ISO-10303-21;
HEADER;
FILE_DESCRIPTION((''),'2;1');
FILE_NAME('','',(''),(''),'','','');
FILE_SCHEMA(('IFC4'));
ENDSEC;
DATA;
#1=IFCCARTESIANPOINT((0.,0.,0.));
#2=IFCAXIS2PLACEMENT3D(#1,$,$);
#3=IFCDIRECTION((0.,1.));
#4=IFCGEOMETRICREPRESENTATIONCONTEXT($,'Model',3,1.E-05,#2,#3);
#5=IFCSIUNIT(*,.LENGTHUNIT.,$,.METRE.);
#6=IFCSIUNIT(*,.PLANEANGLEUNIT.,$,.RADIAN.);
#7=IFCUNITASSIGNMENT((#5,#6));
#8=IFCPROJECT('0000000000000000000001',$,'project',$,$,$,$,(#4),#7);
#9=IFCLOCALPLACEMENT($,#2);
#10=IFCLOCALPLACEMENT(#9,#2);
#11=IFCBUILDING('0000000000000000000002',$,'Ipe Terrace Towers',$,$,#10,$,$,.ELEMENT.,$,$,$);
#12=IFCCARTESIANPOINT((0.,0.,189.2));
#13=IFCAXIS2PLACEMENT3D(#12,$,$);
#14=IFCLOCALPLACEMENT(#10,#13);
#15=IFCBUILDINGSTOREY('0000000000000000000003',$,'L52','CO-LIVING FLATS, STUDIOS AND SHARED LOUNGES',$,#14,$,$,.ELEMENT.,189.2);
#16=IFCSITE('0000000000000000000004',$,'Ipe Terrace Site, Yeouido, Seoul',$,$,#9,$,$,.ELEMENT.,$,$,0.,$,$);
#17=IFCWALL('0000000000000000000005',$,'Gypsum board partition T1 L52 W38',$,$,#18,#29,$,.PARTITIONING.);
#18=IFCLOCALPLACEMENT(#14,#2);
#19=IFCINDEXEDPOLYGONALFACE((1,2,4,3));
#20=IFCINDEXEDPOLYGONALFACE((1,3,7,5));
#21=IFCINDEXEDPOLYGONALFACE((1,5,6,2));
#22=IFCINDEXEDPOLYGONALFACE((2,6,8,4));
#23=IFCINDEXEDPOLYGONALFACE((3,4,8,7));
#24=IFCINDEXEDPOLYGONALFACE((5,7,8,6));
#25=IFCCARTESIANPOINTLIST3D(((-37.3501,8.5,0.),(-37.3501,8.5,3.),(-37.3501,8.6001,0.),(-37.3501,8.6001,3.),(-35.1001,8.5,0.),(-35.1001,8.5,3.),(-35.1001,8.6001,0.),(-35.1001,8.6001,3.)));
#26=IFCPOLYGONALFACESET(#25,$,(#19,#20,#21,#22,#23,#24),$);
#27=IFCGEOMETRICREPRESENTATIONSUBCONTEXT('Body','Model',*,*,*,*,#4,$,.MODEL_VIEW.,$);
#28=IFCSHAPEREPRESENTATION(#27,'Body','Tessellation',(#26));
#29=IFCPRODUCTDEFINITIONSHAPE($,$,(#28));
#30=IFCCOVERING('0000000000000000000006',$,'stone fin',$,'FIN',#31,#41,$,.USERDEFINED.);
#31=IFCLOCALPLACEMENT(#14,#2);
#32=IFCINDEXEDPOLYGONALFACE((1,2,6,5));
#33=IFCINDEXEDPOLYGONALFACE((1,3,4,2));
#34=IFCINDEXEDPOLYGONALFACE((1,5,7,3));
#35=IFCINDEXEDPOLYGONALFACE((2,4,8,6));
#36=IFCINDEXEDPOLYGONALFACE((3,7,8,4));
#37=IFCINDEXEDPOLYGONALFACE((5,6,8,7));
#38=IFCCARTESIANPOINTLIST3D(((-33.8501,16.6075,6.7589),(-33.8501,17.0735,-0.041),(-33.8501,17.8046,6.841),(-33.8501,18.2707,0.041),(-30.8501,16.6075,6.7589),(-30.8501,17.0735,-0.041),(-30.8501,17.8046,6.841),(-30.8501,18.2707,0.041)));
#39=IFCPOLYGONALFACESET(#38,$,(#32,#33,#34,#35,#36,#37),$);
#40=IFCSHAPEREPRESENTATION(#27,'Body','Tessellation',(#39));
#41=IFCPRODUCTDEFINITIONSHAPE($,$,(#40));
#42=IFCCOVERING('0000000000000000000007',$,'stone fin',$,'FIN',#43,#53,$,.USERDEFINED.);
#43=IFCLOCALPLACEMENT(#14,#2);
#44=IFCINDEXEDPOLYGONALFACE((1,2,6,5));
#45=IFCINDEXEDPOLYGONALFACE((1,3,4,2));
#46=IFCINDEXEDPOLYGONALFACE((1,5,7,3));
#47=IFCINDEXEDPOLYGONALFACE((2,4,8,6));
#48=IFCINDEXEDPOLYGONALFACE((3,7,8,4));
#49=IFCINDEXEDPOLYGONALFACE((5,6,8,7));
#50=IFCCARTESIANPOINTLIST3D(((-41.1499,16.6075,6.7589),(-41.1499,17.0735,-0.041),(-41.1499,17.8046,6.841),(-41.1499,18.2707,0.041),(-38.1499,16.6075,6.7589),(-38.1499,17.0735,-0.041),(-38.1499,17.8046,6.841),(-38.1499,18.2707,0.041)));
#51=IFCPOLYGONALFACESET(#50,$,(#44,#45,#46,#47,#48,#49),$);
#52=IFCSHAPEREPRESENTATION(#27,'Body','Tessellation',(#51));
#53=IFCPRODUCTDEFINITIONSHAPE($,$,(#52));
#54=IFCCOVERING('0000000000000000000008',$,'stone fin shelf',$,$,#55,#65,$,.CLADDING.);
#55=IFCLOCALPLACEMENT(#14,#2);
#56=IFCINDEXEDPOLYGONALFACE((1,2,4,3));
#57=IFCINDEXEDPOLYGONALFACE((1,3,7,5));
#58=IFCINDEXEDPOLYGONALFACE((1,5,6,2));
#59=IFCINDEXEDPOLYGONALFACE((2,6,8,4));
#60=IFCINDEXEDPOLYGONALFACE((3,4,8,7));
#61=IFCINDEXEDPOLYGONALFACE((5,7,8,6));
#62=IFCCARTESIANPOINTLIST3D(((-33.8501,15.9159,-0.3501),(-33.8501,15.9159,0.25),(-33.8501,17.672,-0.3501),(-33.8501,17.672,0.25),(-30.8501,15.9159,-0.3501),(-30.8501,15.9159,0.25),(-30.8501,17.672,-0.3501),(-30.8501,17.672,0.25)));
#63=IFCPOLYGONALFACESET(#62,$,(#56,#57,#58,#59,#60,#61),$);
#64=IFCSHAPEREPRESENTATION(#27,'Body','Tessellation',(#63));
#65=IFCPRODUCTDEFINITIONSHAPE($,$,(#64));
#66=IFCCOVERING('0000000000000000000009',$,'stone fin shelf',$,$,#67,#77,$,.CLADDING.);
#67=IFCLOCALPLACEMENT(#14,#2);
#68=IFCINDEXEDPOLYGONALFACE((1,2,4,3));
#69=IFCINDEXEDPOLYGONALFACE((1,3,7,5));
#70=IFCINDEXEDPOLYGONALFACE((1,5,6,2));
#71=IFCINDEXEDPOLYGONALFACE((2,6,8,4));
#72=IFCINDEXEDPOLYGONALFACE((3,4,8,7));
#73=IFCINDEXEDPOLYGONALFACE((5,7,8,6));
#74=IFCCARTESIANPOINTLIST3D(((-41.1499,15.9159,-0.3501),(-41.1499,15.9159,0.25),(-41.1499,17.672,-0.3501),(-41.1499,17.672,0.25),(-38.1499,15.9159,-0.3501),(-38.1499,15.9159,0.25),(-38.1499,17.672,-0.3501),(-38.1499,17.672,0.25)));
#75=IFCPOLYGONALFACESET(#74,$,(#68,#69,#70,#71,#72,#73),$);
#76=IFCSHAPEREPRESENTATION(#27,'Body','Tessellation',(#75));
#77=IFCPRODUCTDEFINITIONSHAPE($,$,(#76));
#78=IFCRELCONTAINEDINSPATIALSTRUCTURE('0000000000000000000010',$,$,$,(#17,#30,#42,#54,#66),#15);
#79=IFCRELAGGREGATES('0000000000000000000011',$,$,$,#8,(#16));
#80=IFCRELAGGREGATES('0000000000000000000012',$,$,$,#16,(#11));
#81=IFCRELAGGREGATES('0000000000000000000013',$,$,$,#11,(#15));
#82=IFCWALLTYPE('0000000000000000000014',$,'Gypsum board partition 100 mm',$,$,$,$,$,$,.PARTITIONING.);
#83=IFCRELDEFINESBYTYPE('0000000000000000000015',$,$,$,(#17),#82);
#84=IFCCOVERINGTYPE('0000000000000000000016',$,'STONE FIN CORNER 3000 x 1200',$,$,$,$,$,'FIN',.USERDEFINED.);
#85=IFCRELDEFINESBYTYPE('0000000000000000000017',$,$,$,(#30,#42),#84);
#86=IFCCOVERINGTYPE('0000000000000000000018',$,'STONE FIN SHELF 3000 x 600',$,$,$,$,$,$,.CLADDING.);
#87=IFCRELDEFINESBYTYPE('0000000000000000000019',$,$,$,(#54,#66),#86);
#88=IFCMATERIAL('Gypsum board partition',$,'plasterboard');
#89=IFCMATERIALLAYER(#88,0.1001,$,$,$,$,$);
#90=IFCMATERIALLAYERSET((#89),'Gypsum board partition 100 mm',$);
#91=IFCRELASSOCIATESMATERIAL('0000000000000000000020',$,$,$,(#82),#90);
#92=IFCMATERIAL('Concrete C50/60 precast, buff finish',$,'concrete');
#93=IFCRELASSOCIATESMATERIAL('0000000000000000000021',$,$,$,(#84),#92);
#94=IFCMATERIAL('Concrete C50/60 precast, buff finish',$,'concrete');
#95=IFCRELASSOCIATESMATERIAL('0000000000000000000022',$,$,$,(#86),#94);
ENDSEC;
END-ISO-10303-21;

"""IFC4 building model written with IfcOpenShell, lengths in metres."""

from ifc_helpers import new_model, si_unit, direction, frame, frame_2d, origin, origin_2d, place, context, subcontext, project, spatial, rectangle, extrude, material, layer, layer_set, material_profile, profile_set, type_object, element, save


model = new_model("IFC4")

# Units and contexts
model_context = context("Model", 3, precision=1e-05, world=origin(), true_north=direction((0.0, 1.0)))
body_context = subcontext(model_context, "Body", "Model", "MODEL_VIEW")
ifc_project = project(units=[si_unit("LENGTHUNIT", "METRE"), si_unit("PLANEANGLEUNIT", "RADIAN")], contexts=[model_context])

# Site, building, storey
site_placement = place(None, origin())
site = spatial("IfcSite", under=ifc_project, at=site_placement, Name="Ipe Terrace Site, Yeouido, Seoul", CompositionType="ELEMENT", RefElevation=0.0)
building_placement = place(site_placement, origin())
building = spatial("IfcBuilding", under=site, at=building_placement, Name="Ipe Terrace Towers", CompositionType="ELEMENT")
storey_placement = place(building_placement, frame((0.0, 0.0, 189.2)))
storey = spatial("IfcBuildingStorey", under=building, at=storey_placement, Name="L52", Description="CO-LIVING FLATS, STUDIOS AND SHARED LOUNGES", CompositionType="ELEMENT", Elevation=189.2)

# Shared definitions
ifc_material_1 = material(Name="Gypsum board partition", Category="plasterboard")
ifc_layer_1 = layer(ifc_material_1, 0.1001)
ifc_layer_set_1 = layer_set([ifc_layer_1], Name="Gypsum board partition 100 mm")
wall_type_1 = type_object("IfcWallType", Name="Gypsum board partition 100 mm", PredefinedType="PARTITIONING", material=ifc_layer_set_1)

# Wall
wall_1_placement = place(storey_placement, frame((-37.3501, 8.55, 0.0), z_axis=(0.0, 0.0, 1.0), x_axis=(1.0, 0.0, 0.0)))
element("IfcWall", 1, at=wall_1_placement, inside=storey, type_object=wall_type_1, Name="Gypsum board partition T1 L52 W38", PredefinedType="PARTITIONING", context=body_context, shape_type="SweptSolid", body=[
    extrude(rectangle(XDim=2.25, YDim=0.1001, at=frame_2d((1.125, 0.0))), origin(), (0.0, 0.0, 1.0), 3.0),
])

# Coverings
ifc_material_2 = material(Name="Concrete C50/60 precast, buff finish", Category="concrete")
ifc_material_profile_1 = material_profile(ifc_material_2, rectangle(XDim=3.0, YDim=1.2, at=origin_2d()), Name="STONE FIN CORNER 3000 x 1200")
ifc_profile_set_1 = profile_set([ifc_material_profile_1], Name="Concrete C50/60 precast, buff finish")
covering_type_1 = type_object("IfcCoveringType", Name="STONE FIN CORNER 3000 x 1200", ElementType="FIN", PredefinedType="USERDEFINED", material=ifc_profile_set_1)
for number, where, z_axis, x_axis, name in (
    (2, (-32.3501, 17.6721, 0.0), (0.0, -0.068378, 0.997659), (-1.0, 0.0, 0.0), "stone fin"),
    (3, (-39.6499, 17.6721, 0.0), (0.0, -0.068378, 0.997659), (-1.0, 0.0, 0.0), "stone fin"),
):
    element("IfcCovering", number, at=place(storey_placement, frame(where, z_axis=z_axis, x_axis=x_axis)), inside=storey, type_object=covering_type_1, Name=name, ObjectType="FIN", PredefinedType="USERDEFINED", context=body_context, shape_type="SweptSolid", body=[
        extrude(rectangle(XDim=3.0, YDim=1.2, at=origin_2d()), origin(), (0.0, 0.0, 1.0), 6.8159),
    ])
ifc_material_3 = material(Name="Concrete C50/60 precast, buff finish", Category="concrete")
covering_type_2 = type_object("IfcCoveringType", Name="STONE FIN SHELF 3000 x 600", PredefinedType="CLADDING", material=ifc_material_3)
for number, where, z_axis, x_axis, name in (
    (4, (-32.3501, 16.7939, -0.3501), (0.0, 0.0, 1.0), (-1.0, 0.0, 0.0), "stone fin shelf"),
    (5, (-39.6499, 16.7939, -0.3501), (0.0, 0.0, 1.0), (-1.0, 0.0, 0.0), "stone fin shelf"),
):
    element("IfcCovering", number, at=place(storey_placement, frame(where, z_axis=z_axis, x_axis=x_axis)), inside=storey, type_object=covering_type_2, Name=name, PredefinedType="CLADDING", context=body_context, shape_type="SweptSolid", body=[
        extrude(rectangle(XDim=3.0, YDim=1.7561, at=origin_2d()), origin(), (0.0, 0.0, 1.0), 0.6001),
    ])

save(model, "model.ifc")
